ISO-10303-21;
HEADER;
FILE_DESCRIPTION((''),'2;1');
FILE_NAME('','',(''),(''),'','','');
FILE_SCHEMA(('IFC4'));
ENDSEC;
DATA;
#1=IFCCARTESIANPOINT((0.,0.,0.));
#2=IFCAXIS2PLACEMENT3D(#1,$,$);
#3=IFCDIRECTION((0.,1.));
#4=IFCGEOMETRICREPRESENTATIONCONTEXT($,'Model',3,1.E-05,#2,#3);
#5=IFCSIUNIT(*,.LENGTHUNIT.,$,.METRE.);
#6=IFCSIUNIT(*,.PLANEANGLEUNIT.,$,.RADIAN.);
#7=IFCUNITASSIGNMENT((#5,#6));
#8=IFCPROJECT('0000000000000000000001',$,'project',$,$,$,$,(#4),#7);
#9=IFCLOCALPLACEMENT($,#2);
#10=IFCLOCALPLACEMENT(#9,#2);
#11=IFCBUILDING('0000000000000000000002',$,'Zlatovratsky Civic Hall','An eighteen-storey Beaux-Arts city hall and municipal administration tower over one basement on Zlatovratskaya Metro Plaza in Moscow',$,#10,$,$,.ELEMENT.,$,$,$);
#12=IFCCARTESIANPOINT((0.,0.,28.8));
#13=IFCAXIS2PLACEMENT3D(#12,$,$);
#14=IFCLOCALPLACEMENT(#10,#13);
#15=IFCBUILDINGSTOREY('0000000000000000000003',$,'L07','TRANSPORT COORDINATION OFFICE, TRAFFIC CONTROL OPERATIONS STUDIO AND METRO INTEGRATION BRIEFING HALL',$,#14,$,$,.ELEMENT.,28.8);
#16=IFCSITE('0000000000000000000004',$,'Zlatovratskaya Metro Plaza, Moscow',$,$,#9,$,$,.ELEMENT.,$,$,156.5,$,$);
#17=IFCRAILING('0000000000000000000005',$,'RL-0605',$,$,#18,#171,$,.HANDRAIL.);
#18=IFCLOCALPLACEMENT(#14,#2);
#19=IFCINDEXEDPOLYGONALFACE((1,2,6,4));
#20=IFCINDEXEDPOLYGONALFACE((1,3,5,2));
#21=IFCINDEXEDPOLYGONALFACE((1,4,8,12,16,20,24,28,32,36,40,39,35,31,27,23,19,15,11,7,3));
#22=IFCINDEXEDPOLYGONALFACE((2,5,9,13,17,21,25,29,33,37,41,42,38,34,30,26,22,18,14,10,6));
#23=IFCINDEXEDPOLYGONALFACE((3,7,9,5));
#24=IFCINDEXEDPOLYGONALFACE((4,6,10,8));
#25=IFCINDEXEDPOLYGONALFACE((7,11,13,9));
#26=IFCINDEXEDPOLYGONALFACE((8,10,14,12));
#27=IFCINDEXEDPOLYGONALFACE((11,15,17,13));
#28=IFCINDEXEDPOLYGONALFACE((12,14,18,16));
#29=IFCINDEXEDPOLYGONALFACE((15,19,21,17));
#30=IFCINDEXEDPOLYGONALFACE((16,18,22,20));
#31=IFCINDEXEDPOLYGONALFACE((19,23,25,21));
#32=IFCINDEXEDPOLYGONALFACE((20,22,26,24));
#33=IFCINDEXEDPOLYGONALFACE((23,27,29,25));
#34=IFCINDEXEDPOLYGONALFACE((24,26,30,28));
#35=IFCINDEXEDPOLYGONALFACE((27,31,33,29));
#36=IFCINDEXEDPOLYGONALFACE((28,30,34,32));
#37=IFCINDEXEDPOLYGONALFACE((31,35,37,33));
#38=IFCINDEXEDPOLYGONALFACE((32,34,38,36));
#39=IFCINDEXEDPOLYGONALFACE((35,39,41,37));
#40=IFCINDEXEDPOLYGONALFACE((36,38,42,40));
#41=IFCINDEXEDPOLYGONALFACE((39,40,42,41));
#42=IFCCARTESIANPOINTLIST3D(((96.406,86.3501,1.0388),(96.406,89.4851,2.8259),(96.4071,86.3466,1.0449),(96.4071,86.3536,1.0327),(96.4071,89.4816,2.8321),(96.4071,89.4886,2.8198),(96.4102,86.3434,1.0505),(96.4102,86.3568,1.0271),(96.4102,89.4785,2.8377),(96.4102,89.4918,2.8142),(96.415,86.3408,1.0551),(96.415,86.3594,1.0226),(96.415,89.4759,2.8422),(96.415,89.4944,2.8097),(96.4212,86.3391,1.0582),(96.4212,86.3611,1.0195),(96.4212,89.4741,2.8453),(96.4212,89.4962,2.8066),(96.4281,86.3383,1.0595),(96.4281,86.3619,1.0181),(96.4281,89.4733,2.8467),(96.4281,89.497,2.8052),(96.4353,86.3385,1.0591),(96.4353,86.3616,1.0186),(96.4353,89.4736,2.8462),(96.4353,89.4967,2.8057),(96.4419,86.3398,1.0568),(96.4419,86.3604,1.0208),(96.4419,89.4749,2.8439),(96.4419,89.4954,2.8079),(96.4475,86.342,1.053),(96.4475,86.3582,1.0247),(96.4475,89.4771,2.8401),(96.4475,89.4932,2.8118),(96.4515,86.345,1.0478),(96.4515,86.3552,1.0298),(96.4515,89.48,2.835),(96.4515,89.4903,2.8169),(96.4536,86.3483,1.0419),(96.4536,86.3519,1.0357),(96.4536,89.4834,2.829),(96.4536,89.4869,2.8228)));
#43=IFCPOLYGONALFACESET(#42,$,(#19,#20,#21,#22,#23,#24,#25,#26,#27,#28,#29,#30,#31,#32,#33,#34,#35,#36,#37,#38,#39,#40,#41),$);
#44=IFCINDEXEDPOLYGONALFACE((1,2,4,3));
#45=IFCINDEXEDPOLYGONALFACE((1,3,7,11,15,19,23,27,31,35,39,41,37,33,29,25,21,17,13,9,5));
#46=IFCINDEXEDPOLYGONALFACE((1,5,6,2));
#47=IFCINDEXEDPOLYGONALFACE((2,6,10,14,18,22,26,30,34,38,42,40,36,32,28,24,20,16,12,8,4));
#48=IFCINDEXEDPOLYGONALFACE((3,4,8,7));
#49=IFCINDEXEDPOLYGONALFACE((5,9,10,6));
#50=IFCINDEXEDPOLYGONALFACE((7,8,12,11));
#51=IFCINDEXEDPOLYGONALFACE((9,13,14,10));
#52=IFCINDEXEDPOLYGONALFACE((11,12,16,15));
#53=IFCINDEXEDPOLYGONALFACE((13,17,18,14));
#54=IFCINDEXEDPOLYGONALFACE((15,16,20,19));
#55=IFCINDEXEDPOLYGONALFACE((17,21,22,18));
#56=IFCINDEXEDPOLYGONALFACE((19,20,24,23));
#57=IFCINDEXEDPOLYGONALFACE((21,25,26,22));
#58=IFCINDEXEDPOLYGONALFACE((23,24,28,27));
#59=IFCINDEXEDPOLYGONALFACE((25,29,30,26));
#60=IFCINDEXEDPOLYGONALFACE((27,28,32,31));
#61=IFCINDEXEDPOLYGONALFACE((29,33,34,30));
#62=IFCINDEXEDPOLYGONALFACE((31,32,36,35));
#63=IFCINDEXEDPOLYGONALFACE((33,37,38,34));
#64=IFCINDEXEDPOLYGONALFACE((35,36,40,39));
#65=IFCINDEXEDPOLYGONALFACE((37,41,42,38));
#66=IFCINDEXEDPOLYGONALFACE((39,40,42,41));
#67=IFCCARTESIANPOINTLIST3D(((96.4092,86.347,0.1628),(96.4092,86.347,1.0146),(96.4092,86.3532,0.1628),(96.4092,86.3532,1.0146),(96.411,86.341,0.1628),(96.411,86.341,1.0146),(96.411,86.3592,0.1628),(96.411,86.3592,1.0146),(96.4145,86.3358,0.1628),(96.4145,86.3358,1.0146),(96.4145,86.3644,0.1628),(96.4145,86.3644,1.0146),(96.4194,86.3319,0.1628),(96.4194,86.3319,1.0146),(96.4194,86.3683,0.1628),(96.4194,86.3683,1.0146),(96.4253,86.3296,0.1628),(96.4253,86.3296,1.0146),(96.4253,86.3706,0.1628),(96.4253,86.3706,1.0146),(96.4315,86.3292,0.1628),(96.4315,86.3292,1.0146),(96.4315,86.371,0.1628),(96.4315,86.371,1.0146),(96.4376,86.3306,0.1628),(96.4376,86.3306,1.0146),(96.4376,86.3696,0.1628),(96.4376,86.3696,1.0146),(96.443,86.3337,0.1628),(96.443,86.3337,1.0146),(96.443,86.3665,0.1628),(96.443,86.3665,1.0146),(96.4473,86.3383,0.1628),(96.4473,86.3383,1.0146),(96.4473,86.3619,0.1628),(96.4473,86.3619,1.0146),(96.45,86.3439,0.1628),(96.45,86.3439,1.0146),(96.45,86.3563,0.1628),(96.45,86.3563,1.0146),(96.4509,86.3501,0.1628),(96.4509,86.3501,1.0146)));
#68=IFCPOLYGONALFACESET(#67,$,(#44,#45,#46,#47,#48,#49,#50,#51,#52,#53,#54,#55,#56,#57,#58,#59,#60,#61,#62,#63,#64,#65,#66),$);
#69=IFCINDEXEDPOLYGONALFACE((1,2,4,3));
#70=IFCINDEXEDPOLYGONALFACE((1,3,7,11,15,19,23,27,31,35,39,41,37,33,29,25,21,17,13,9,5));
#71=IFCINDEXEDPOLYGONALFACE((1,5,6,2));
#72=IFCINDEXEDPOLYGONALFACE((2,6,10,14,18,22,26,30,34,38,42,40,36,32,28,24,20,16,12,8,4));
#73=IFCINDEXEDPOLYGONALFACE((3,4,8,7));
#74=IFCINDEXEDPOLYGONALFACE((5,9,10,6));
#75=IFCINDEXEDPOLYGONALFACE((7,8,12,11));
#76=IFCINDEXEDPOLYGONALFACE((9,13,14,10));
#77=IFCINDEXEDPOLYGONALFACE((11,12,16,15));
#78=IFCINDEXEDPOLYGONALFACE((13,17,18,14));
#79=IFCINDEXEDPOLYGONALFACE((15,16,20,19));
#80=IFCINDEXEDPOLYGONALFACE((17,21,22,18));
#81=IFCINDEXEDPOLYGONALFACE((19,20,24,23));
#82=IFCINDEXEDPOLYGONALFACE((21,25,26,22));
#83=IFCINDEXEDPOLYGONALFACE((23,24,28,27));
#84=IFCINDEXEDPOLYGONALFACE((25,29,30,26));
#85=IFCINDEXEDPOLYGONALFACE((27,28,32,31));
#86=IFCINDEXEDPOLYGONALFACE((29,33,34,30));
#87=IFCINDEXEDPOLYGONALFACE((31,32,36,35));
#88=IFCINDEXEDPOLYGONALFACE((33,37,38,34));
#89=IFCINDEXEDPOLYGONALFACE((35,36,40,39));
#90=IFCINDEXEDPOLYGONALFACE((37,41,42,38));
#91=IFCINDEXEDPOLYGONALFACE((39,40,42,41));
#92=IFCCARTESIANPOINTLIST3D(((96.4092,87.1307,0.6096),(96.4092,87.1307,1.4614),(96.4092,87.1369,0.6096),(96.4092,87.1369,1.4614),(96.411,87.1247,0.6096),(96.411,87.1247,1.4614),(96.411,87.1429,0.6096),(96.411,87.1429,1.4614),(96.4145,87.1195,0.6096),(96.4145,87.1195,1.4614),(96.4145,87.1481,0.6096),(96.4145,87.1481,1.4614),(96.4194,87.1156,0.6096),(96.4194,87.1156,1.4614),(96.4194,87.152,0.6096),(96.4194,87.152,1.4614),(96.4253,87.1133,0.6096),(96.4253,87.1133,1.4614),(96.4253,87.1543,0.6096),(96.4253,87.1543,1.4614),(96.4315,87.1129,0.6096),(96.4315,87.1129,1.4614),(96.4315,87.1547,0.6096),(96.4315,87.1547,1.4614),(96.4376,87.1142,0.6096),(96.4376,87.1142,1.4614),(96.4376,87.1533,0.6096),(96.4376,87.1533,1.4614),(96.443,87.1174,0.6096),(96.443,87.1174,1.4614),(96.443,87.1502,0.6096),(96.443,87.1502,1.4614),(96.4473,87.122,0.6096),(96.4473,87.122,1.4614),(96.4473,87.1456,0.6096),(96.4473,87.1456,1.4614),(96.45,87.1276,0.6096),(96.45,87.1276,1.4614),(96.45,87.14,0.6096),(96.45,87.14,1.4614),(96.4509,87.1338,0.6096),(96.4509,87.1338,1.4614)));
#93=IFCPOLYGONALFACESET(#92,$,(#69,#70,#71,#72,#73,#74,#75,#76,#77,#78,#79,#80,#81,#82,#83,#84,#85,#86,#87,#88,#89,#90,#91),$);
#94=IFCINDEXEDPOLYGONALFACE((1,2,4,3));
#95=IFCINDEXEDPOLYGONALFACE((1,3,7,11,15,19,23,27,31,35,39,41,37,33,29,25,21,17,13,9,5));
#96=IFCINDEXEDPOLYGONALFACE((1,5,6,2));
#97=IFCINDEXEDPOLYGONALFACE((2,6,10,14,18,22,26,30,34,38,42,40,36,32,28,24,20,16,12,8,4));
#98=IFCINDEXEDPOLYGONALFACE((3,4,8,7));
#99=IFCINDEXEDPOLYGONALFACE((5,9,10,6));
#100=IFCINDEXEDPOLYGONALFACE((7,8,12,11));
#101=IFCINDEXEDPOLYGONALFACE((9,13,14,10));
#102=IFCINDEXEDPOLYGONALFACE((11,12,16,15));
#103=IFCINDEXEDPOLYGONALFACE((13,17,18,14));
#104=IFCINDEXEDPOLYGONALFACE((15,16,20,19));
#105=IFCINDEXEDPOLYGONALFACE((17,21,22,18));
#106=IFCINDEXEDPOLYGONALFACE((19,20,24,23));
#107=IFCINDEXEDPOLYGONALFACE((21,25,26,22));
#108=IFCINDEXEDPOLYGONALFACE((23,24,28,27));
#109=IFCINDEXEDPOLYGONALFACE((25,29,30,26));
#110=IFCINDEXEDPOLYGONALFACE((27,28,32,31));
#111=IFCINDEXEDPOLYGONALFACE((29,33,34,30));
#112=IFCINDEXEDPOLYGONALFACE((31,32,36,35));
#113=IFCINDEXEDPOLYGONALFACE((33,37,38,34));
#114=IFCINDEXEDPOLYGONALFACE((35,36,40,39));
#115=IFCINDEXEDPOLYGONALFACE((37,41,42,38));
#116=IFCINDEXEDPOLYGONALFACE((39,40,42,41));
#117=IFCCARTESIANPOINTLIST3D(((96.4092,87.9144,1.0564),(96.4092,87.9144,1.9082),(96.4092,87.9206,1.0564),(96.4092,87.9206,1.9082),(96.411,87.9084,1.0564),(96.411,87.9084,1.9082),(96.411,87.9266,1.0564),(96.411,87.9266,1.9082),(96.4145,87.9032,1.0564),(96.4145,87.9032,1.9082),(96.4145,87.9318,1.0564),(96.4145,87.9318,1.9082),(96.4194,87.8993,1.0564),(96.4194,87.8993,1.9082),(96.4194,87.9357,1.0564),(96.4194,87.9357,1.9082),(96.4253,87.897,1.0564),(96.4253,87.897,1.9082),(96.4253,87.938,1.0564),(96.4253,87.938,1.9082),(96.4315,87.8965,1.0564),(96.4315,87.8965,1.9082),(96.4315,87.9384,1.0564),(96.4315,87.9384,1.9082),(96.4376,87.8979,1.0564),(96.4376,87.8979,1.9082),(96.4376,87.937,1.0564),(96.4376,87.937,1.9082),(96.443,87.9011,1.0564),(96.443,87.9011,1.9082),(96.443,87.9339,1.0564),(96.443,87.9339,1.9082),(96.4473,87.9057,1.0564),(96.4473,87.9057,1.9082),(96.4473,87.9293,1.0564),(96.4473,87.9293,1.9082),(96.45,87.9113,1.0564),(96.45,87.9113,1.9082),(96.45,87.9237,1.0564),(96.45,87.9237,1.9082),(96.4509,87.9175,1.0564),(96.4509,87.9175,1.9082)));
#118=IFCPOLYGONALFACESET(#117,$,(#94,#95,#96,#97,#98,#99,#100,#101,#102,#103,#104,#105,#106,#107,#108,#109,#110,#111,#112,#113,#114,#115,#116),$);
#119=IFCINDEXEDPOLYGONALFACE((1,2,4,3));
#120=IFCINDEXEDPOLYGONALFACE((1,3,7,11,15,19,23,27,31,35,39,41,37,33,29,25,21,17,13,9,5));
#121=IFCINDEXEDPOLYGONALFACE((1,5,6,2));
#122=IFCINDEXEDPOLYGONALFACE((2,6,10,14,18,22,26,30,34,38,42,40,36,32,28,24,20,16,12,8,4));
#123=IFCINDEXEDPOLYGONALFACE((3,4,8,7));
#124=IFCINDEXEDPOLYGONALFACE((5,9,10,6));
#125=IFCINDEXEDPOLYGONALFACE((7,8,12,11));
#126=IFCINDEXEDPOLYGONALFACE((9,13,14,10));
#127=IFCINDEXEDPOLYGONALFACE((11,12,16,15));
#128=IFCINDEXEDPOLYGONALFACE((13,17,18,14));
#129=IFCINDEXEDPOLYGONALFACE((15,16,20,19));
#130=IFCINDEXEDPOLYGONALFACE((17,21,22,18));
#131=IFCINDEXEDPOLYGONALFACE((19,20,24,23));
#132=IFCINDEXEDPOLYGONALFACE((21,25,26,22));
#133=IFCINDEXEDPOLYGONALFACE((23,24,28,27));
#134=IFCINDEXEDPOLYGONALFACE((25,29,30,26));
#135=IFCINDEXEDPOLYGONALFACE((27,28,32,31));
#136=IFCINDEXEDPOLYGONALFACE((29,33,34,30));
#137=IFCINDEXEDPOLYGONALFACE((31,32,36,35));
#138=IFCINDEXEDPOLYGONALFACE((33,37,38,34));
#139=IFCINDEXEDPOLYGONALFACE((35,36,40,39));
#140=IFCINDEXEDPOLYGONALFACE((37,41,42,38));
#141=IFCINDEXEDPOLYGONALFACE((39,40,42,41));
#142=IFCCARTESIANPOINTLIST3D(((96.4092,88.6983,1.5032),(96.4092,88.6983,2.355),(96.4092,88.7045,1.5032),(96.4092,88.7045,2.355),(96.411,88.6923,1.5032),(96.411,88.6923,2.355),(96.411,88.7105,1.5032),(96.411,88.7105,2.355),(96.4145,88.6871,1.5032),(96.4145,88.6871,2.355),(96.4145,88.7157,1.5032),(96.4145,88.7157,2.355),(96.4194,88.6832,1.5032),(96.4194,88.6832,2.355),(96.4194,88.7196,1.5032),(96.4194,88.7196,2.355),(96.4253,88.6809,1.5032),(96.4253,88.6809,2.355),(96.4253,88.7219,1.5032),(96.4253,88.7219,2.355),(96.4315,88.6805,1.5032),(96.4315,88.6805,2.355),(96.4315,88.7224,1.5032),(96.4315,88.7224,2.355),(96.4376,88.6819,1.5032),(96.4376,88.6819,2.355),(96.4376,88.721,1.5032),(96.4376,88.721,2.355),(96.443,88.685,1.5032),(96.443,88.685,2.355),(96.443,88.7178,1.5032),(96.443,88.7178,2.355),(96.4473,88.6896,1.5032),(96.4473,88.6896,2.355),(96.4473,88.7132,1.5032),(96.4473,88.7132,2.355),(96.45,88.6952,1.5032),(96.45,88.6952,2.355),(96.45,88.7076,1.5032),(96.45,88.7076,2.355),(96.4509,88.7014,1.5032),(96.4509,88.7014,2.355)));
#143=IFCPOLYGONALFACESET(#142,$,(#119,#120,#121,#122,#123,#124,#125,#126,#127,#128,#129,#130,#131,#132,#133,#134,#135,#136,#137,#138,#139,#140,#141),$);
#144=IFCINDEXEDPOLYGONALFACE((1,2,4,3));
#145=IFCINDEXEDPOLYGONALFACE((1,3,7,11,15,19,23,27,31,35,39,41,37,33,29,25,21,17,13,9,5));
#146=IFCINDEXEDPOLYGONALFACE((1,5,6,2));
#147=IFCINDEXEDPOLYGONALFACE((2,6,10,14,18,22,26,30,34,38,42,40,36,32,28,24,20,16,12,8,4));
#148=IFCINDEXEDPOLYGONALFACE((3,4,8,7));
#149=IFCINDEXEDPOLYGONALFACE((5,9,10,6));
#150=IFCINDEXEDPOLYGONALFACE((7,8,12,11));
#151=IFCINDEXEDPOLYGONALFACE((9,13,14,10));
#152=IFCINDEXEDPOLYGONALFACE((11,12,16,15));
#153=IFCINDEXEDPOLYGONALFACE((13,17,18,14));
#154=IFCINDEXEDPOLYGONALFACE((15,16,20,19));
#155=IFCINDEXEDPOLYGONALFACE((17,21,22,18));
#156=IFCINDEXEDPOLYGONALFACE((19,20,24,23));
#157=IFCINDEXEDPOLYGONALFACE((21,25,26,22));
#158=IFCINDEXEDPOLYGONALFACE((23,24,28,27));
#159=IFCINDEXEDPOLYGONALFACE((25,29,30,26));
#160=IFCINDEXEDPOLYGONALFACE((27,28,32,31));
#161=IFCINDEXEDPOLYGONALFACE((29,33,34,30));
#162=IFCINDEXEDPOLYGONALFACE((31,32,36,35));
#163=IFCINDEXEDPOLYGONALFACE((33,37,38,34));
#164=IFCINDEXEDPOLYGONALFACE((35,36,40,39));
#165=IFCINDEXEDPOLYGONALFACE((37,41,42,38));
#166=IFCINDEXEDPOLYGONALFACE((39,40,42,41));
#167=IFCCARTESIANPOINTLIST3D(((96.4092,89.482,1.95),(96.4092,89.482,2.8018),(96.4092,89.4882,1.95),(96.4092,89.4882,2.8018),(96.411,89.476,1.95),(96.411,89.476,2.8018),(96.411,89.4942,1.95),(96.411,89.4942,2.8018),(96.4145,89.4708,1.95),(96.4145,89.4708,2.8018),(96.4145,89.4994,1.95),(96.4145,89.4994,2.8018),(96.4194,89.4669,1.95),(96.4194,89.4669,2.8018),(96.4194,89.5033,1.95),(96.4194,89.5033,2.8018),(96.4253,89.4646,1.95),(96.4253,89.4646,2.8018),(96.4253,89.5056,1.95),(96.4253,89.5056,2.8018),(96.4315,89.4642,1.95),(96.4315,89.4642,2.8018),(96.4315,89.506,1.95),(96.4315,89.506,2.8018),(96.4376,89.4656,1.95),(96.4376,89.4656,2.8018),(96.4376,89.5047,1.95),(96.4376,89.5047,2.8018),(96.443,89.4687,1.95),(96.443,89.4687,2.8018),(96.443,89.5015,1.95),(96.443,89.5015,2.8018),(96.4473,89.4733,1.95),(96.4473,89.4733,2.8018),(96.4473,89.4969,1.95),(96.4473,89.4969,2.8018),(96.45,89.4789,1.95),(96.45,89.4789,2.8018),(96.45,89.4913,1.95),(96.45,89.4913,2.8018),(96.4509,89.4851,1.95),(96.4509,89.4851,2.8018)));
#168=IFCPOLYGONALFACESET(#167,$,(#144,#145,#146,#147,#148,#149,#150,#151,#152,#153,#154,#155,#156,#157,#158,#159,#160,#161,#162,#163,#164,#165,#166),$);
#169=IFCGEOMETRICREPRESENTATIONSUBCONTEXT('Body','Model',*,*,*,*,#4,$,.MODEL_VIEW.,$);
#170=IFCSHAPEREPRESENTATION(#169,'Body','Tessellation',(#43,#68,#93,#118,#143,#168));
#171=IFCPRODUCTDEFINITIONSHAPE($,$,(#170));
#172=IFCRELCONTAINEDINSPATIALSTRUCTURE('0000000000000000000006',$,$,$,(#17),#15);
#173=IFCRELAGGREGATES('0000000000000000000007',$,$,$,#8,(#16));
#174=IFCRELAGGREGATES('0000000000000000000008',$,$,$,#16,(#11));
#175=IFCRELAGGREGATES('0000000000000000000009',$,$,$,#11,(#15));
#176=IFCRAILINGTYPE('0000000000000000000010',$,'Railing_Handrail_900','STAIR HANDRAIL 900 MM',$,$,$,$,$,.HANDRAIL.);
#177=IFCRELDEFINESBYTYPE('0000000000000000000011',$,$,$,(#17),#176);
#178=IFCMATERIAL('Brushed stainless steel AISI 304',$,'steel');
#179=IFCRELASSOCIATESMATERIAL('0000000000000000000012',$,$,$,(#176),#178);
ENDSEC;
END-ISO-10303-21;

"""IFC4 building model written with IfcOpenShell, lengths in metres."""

from ifc_helpers import new_model, si_unit, direction, frame, origin, origin_2d, place, context, subcontext, project, spatial, circle, extrude, material, type_object, element, save


model = new_model("IFC4")

# Units and contexts
model_context = context("Model", 3, precision=1e-05, world=origin(), true_north=direction((0.0, 1.0)))
body_context = subcontext(model_context, "Body", "Model", "MODEL_VIEW")
ifc_project = project(units=[si_unit("LENGTHUNIT", "METRE"), si_unit("PLANEANGLEUNIT", "RADIAN")], contexts=[model_context])

# Site, building, storey
site_placement = place(None, origin())
site = spatial("IfcSite", under=ifc_project, at=site_placement, Name="Zlatovratskaya Metro Plaza, Moscow", CompositionType="ELEMENT", RefElevation=156.5)
building_placement = place(site_placement, origin())
building = spatial("IfcBuilding", under=site, at=building_placement, Name="Zlatovratsky Civic Hall", Description="An eighteen-storey Beaux-Arts city hall and municipal administration tower over one basement on Zlatovratskaya Metro Plaza in Moscow", CompositionType="ELEMENT")
storey_placement = place(building_placement, frame((0.0, 0.0, 28.8)))
storey = spatial("IfcBuildingStorey", under=building, at=storey_placement, Name="L07", Description="TRANSPORT COORDINATION OFFICE, TRAFFIC CONTROL OPERATIONS STUDIO AND METRO INTEGRATION BRIEFING HALL", CompositionType="ELEMENT", Elevation=28.8)

# Railing
ifc_material_1 = material(Name="Brushed stainless steel AISI 304", Category="steel")
railing_type_1 = type_object("IfcRailingType", Name="Railing_Handrail_900", Description="STAIR HANDRAIL 900 MM", PredefinedType="HANDRAIL", material=ifc_material_1)
railing_1_placement = place(storey_placement, frame((96.4299, 86.3501, 0.1628)))
element("IfcRailing", 1, at=railing_1_placement, inside=storey, type_object=railing_type_1, Name="RL-0605", PredefinedType="HANDRAIL", context=body_context, shape_type="SweptSolid", body=[
    extrude(circle(Radius=0.0239, at=origin_2d()), frame((0.0, 0.0, 0.876), z_axis=(0.0, 0.868759, 0.495235), x_axis=(-1.0, 0.0, 0.0)), (0.0, 0.0, 1.0), 3.6086),
    extrude(circle(Radius=0.021, at=origin_2d()), origin(), (0.0, 0.0, 1.0), 0.8518),
    extrude(circle(Radius=0.021, at=origin_2d()), frame((0.0, 0.7837, 0.4468)), (0.0, 0.0, 1.0), 0.8518),
    extrude(circle(Radius=0.021, at=origin_2d()), frame((0.0, 1.5674, 0.8936)), (0.0, 0.0, 1.0), 0.8518),
    extrude(circle(Radius=0.021, at=origin_2d()), frame((0.0, 2.3513, 1.3403)), (0.0, 0.0, 1.0), 0.8518),
    extrude(circle(Radius=0.021, at=origin_2d()), frame((0.0, 3.135, 1.7871)), (0.0, 0.0, 1.0), 0.8518),
])

save(model, "model.ifc")
